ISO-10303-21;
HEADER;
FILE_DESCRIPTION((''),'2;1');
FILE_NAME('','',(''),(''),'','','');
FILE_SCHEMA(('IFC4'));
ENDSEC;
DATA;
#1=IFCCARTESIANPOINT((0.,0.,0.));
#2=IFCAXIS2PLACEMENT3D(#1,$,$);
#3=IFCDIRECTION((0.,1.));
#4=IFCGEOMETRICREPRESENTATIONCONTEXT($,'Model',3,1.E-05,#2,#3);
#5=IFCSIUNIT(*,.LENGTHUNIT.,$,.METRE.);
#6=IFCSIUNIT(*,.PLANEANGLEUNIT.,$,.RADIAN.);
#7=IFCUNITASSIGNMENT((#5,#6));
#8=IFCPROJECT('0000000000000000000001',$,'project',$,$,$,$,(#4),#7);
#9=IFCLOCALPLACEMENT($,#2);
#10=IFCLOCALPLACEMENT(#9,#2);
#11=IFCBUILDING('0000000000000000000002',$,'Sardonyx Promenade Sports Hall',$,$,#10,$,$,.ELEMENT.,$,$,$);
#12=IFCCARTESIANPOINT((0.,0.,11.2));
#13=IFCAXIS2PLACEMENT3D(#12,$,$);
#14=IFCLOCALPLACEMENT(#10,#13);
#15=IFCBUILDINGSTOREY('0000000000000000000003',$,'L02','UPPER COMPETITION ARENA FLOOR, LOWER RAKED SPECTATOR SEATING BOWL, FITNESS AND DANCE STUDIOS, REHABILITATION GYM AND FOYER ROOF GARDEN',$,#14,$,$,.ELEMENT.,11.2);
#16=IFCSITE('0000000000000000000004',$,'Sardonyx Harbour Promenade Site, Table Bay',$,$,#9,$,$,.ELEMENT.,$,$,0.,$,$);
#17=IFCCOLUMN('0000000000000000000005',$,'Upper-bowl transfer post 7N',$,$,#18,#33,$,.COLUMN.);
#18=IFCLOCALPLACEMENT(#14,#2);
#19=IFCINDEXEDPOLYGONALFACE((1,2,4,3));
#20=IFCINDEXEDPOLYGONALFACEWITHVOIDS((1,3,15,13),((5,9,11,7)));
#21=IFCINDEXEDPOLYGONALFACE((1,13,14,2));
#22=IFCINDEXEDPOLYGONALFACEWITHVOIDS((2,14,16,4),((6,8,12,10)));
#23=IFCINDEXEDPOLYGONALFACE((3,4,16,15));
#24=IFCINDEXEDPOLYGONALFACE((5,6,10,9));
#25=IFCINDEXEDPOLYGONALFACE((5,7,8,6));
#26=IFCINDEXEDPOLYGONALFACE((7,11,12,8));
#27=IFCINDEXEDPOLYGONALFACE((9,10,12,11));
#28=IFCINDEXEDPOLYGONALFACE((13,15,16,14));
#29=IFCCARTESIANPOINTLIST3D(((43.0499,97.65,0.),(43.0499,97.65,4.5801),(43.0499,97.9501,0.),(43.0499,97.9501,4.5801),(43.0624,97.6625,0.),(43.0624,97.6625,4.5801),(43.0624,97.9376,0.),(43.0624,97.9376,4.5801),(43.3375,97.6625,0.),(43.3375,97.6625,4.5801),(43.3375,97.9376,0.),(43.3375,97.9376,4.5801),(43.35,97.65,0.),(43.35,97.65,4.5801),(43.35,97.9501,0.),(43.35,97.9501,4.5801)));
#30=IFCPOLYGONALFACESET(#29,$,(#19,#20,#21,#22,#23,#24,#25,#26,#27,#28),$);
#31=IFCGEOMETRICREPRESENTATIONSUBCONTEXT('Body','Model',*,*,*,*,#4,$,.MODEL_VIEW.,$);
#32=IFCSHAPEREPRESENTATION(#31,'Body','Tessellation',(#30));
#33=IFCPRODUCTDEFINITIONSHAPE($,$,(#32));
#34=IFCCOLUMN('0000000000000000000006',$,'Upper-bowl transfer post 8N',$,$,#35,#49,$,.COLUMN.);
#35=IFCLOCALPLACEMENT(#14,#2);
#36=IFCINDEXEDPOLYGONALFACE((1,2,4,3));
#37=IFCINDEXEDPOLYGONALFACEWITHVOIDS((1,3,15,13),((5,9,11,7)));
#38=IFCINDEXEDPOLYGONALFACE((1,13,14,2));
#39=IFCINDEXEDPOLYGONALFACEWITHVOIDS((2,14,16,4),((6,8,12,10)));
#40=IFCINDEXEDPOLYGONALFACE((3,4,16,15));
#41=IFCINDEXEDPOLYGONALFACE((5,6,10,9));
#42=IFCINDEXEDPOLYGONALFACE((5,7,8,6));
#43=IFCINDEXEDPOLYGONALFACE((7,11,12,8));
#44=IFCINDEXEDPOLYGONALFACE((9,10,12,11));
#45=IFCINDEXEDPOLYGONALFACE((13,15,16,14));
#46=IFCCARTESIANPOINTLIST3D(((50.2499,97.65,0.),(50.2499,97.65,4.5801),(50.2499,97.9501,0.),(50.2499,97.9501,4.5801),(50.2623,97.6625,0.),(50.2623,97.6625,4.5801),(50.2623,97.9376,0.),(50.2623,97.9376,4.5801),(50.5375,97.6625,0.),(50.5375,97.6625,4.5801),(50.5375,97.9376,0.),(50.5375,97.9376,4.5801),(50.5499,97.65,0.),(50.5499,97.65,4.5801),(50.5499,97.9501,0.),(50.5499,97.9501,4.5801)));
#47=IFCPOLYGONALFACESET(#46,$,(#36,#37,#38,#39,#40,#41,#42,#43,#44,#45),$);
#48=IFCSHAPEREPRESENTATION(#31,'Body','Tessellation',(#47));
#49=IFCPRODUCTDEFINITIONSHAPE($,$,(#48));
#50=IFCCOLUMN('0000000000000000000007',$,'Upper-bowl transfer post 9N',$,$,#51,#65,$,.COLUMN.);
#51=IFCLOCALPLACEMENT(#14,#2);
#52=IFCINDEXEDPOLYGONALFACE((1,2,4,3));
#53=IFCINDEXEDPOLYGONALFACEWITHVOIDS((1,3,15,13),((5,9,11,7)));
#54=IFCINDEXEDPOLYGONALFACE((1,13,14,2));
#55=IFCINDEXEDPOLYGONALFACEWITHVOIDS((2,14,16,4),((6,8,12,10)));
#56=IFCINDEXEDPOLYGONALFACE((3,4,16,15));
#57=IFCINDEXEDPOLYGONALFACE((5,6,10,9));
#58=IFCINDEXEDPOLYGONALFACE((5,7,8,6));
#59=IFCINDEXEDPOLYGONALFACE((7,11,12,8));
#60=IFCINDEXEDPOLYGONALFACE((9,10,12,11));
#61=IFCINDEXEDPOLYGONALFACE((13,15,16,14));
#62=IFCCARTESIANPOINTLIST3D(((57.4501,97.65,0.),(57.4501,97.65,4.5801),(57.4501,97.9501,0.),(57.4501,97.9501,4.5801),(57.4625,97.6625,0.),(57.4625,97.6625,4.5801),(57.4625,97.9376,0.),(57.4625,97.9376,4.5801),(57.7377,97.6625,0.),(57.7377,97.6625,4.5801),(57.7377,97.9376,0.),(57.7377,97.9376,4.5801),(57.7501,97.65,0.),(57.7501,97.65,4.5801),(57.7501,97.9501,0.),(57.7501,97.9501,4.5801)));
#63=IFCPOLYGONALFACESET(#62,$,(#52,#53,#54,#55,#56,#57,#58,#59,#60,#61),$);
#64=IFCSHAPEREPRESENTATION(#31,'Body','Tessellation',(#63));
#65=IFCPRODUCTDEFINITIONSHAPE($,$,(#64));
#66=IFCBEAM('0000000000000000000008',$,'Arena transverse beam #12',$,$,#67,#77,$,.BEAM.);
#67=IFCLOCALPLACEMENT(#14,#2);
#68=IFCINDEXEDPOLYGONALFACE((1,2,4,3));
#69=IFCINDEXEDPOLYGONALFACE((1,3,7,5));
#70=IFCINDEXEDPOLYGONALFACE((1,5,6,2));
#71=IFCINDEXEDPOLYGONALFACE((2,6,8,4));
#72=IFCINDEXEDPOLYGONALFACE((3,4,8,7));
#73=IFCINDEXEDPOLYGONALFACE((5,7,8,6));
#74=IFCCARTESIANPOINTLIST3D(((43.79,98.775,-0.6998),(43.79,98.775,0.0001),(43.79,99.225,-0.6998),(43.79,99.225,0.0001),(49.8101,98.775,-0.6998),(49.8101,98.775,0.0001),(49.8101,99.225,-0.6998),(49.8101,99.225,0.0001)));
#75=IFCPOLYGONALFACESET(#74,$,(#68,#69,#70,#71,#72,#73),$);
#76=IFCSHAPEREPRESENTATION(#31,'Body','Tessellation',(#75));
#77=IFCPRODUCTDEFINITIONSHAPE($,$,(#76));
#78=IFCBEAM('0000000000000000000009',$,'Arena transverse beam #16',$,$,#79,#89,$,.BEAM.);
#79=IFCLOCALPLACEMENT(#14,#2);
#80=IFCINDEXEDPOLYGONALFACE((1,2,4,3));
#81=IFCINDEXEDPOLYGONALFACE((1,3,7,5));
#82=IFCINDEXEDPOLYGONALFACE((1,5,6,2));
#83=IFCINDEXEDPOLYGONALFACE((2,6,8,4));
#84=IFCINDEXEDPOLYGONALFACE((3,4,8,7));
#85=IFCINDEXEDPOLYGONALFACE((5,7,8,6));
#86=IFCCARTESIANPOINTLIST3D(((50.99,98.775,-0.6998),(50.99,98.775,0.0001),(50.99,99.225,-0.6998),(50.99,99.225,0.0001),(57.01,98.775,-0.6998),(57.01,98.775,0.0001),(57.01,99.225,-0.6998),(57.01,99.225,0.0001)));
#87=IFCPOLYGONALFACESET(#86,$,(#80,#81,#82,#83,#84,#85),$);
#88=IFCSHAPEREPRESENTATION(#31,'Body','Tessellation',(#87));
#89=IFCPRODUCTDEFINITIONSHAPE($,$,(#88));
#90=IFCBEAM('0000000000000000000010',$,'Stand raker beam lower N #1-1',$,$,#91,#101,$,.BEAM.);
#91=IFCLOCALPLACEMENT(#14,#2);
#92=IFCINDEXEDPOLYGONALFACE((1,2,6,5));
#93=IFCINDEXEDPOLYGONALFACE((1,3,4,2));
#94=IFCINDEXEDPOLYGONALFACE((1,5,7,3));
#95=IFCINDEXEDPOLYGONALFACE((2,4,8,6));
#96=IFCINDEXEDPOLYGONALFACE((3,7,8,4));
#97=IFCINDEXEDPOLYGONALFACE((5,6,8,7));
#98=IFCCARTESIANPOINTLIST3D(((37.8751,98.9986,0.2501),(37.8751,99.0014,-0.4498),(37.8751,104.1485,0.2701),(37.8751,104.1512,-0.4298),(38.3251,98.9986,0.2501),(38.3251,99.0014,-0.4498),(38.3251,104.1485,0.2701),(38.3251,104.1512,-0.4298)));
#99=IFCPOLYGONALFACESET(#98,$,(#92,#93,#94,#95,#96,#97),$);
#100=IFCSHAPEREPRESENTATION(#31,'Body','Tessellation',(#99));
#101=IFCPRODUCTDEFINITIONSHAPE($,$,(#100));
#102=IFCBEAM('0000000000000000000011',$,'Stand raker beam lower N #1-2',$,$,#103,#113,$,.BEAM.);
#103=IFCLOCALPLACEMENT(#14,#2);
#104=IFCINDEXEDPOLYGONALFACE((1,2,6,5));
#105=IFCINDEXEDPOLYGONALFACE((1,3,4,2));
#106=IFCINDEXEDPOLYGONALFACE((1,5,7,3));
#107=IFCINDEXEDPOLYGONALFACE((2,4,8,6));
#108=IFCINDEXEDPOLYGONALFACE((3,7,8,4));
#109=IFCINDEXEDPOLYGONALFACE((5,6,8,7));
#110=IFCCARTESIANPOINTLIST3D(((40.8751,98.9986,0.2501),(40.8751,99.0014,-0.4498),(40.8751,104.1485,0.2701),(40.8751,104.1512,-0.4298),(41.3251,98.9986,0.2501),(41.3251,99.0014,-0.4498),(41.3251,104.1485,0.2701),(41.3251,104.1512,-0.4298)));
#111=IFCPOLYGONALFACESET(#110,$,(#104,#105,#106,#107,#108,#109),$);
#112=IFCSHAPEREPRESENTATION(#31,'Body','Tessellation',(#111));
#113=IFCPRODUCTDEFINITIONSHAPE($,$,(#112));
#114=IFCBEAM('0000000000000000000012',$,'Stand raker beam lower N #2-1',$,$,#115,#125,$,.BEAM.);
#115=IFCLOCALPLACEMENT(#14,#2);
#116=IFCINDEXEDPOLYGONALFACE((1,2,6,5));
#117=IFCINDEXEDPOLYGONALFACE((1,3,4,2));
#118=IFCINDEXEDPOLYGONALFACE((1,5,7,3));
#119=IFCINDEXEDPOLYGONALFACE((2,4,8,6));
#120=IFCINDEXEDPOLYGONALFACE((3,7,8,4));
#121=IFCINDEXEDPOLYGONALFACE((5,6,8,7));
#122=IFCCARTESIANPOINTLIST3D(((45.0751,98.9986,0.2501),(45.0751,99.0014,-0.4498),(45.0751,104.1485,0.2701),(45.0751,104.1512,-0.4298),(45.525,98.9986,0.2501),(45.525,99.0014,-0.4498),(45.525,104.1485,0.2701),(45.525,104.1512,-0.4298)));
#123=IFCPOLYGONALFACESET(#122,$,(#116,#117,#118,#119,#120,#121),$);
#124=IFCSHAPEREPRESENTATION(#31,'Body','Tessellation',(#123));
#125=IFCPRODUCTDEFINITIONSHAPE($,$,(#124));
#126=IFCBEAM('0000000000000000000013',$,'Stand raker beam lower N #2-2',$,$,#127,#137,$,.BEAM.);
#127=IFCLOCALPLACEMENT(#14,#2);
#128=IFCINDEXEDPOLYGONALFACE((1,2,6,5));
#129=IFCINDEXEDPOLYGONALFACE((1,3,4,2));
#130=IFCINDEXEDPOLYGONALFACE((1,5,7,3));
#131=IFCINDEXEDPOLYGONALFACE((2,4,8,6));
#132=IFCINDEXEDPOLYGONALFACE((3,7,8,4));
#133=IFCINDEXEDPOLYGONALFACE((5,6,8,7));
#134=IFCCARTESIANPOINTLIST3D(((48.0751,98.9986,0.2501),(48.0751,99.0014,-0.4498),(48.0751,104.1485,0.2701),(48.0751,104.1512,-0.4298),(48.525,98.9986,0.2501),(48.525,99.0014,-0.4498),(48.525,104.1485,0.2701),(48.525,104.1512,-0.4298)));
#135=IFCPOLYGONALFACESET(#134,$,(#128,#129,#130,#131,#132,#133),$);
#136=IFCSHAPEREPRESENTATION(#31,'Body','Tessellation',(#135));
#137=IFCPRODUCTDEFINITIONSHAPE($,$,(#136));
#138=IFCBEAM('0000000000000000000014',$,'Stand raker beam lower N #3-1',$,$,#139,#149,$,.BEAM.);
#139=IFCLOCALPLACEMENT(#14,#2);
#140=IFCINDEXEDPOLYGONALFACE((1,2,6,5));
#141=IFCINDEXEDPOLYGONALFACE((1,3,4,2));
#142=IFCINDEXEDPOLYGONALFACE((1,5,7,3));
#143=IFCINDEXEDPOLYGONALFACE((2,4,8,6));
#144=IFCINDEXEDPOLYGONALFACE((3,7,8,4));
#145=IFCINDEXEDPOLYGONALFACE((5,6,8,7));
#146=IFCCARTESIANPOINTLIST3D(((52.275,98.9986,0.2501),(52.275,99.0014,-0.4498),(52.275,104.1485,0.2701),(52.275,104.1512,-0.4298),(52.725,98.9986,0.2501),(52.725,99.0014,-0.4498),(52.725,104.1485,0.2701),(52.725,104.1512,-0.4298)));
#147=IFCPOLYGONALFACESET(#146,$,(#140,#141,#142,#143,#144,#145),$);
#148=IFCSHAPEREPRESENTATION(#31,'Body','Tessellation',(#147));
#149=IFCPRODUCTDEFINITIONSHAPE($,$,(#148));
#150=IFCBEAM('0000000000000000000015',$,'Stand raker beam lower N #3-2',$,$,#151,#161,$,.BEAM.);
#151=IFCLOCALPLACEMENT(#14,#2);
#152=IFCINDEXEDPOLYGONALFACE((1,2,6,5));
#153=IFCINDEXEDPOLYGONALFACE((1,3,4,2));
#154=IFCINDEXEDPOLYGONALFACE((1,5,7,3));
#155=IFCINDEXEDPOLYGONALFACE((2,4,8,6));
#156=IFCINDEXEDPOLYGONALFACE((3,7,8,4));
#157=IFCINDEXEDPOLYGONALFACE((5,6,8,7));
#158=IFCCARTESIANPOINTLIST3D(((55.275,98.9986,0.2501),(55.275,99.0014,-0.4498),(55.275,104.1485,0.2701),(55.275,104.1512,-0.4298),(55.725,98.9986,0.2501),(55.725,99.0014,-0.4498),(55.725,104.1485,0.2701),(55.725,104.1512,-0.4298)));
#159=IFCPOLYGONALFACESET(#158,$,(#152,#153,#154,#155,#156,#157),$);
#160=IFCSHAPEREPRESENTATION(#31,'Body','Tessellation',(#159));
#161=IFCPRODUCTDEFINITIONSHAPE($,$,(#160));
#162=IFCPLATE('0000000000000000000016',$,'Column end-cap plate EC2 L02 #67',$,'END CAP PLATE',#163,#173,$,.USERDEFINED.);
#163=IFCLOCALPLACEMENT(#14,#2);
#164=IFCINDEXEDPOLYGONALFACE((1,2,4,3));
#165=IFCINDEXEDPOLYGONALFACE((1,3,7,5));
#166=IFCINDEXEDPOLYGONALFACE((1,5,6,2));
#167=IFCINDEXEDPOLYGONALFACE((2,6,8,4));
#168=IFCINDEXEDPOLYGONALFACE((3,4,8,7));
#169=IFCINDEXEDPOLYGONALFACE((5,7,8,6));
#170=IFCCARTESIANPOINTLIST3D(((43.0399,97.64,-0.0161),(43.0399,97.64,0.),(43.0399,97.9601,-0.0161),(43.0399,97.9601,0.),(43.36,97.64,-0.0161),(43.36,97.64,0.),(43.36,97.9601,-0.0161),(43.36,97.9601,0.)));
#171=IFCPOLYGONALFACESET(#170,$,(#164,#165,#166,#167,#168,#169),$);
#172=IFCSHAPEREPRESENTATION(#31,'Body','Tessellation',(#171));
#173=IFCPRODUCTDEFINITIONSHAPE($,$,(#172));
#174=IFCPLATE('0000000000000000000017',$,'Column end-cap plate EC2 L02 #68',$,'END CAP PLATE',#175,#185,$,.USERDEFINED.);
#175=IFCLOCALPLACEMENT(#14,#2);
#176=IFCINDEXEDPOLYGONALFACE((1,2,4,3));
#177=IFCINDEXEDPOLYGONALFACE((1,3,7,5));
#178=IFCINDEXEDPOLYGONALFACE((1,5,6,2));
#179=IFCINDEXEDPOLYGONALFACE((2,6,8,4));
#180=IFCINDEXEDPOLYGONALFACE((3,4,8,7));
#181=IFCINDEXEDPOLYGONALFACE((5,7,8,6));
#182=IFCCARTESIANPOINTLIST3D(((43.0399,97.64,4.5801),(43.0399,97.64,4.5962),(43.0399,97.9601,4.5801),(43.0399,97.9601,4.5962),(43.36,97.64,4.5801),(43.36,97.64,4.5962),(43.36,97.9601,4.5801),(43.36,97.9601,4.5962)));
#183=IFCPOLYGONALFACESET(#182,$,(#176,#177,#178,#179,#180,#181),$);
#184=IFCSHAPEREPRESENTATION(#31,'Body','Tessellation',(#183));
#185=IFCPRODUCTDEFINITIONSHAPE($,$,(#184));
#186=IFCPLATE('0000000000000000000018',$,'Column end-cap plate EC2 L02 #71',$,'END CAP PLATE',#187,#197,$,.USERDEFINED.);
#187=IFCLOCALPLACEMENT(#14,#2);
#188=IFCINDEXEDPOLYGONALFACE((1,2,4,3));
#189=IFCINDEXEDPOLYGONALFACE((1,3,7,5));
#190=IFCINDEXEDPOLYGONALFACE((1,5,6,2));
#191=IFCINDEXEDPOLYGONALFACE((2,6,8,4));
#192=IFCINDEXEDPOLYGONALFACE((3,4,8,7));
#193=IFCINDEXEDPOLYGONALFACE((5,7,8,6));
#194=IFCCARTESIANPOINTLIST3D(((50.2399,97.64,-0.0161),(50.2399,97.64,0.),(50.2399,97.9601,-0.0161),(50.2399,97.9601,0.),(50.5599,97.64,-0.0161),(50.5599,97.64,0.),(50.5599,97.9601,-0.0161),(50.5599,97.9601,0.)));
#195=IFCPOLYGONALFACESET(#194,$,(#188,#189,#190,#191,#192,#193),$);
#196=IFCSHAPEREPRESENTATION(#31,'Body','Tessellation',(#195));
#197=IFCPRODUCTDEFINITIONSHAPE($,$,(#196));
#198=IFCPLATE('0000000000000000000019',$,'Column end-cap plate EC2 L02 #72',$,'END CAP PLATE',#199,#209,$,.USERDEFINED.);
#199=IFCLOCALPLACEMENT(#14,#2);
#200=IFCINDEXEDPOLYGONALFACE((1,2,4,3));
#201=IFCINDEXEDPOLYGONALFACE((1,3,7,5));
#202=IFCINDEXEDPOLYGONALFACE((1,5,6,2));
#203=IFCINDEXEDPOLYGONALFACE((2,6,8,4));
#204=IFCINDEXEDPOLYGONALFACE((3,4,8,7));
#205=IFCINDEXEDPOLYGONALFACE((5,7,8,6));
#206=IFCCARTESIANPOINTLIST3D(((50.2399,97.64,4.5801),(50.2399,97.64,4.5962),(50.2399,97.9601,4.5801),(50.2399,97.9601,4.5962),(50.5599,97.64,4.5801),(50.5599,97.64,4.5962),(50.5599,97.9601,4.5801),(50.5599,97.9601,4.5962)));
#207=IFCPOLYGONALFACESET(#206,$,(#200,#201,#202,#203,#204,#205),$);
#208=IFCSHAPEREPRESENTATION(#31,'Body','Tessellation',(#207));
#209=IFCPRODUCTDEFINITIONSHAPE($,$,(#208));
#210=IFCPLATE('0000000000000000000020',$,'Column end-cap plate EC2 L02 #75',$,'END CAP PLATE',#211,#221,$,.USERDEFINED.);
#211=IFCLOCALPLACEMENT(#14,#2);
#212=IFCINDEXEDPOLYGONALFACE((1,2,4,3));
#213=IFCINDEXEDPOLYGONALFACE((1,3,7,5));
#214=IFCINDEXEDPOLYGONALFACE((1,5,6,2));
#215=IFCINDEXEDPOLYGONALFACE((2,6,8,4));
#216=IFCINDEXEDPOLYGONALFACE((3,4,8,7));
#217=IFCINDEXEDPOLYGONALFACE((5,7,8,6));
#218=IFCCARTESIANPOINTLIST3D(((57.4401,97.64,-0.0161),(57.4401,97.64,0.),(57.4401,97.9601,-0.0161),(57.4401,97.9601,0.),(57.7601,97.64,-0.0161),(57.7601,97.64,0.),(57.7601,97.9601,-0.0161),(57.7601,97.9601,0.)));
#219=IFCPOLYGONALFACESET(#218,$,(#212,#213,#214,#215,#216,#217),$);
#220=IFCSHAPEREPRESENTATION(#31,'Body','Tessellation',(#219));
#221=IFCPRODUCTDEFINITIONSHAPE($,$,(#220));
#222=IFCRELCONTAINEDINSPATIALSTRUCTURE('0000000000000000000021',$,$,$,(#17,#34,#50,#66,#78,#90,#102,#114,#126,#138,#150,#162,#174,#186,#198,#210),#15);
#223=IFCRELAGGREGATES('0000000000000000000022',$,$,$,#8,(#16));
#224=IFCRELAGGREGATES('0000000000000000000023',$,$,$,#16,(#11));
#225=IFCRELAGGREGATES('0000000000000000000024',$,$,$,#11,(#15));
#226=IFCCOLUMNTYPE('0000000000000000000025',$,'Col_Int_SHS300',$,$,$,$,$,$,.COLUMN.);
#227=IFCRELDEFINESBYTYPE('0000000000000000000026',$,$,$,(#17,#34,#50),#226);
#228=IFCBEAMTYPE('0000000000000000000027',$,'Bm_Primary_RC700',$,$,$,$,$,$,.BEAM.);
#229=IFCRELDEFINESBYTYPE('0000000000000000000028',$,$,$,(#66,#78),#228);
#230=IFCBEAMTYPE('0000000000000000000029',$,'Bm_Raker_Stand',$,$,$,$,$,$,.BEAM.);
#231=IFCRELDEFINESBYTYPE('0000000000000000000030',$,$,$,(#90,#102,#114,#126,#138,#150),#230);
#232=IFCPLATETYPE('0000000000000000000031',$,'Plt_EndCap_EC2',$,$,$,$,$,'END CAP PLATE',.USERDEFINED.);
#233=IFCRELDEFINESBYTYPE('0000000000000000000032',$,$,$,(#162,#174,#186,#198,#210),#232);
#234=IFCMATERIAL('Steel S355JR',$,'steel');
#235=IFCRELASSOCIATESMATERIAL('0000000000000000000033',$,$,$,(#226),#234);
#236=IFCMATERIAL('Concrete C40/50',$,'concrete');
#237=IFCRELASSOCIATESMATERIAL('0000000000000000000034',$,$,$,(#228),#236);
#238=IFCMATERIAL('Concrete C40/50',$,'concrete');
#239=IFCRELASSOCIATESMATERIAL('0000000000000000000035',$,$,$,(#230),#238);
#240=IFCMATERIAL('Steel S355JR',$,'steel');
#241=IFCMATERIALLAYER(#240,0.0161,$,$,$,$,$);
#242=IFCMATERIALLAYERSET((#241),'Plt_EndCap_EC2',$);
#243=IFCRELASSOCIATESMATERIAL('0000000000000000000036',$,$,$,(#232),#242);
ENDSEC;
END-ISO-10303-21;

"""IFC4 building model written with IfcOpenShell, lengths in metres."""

from ifc_helpers import new_model, si_unit, direction, frame, origin, origin_2d, place, context, subcontext, project, spatial, rectangle, hollow_rectangle, extrude, material, layer, layer_set, material_profile, profile_set, type_object, element, save


model = new_model("IFC4")

# Units and contexts
model_context = context("Model", 3, precision=1e-05, world=origin(), true_north=direction((0.0, 1.0)))
body_context = subcontext(model_context, "Body", "Model", "MODEL_VIEW")
ifc_project = project(units=[si_unit("LENGTHUNIT", "METRE"), si_unit("PLANEANGLEUNIT", "RADIAN")], contexts=[model_context])

# Site, building, storey
site_placement = place(None, origin())
site = spatial("IfcSite", under=ifc_project, at=site_placement, Name="Sardonyx Harbour Promenade Site, Table Bay", CompositionType="ELEMENT", RefElevation=0.0)
building_placement = place(site_placement, origin())
building = spatial("IfcBuilding", under=site, at=building_placement, Name="Sardonyx Promenade Sports Hall", CompositionType="ELEMENT")
storey_placement = place(building_placement, frame((0.0, 0.0, 11.2)))
storey = spatial("IfcBuildingStorey", under=building, at=storey_placement, Name="L02", Description="UPPER COMPETITION ARENA FLOOR, LOWER RAKED SPECTATOR SEATING BOWL, FITNESS AND DANCE STUDIOS, REHABILITATION GYM AND FOYER ROOF GARDEN", CompositionType="ELEMENT", Elevation=11.2)

# Columns
ifc_material_1 = material(Name="Steel S355JR", Category="steel")
ifc_material_profile_1 = material_profile(ifc_material_1, hollow_rectangle(XDim=0.3, YDim=0.3, WallThickness=0.0125, at=origin_2d()))
ifc_profile_set_1 = profile_set([ifc_material_profile_1], Name="Steel S355JR")
column_type = type_object("IfcColumnType", Name="Col_Int_SHS300", PredefinedType="COLUMN", material=ifc_profile_set_1)
for number, where, z_axis, x_axis, name in (
    (1, (43.2, 97.8, 0.0), (0.0, 0.0, 1.0), (1.0, 0.0, 0.0), "Upper-bowl transfer post 7N"),
    (2, (50.3999, 97.8, 0.0), (0.0, 0.0, 1.0), (1.0, 0.0, 0.0), "Upper-bowl transfer post 8N"),
    (3, (57.6001, 97.8, 0.0), (0.0, 0.0, 1.0), (1.0, 0.0, 0.0), "Upper-bowl transfer post 9N"),
):
    element("IfcColumn", number, at=place(storey_placement, frame(where, z_axis=z_axis, x_axis=x_axis)), inside=storey, type_object=column_type, Name=name, PredefinedType="COLUMN", context=body_context, shape_type="SweptSolid", body=[
        extrude(hollow_rectangle(XDim=0.3, YDim=0.3, WallThickness=0.0125, at=origin_2d()), origin(), (0.0, 0.0, 1.0), 4.5801),
    ])

# Beams
ifc_material_2 = material(Name="Concrete C40/50", Category="concrete")
ifc_material_profile_2 = material_profile(ifc_material_2, rectangle(XDim=0.45, YDim=0.7, at=origin_2d()))
ifc_profile_set_2 = profile_set([ifc_material_profile_2], Name="Concrete C40/50")
beam_type_1 = type_object("IfcBeamType", Name="Bm_Primary_RC700", PredefinedType="BEAM", material=ifc_profile_set_2)
for number, where, z_axis, x_axis, name in (
    (4, (43.79, 99.0, -0.3499), (1.0, 0.0, 0.0), (0.0, 1.0, 0.0), "Arena transverse beam #12"),
    (5, (50.99, 99.0, -0.3499), (1.0, 0.0, 0.0), (0.0, 1.0, 0.0), "Arena transverse beam #16"),
):
    element("IfcBeam", number, at=place(storey_placement, frame(where, z_axis=z_axis, x_axis=x_axis)), inside=storey, type_object=beam_type_1, Name=name, PredefinedType="BEAM", context=body_context, shape_type="SweptSolid", body=[
        extrude(rectangle(XDim=0.45, YDim=0.7, at=origin_2d()), origin(), (0.0, 0.0, 1.0), 6.02),
    ])
ifc_material_3 = material(Name="Concrete C40/50", Category="concrete")
ifc_material_profile_3 = material_profile(ifc_material_3, rectangle(XDim=0.45, YDim=0.7, at=origin_2d()))
ifc_profile_set_3 = profile_set([ifc_material_profile_3], Name="Concrete C40/50")
beam_type_2 = type_object("IfcBeamType", Name="Bm_Raker_Stand", PredefinedType="BEAM", material=ifc_profile_set_3)
for number, where, z_axis, x_axis, name in (
    (6, (38.1001, 99.0, -0.0999), (0.0, 0.999992, 0.003887), (-1.0, 0.0, 0.0), "Stand raker beam lower N #1-1"),
    (7, (41.1001, 99.0, -0.0999), (0.0, 0.999992, 0.003887), (-1.0, 0.0, 0.0), "Stand raker beam lower N #1-2"),
    (8, (45.3, 99.0, -0.0999), (0.0, 0.999992, 0.003887), (-1.0, 0.0, 0.0), "Stand raker beam lower N #2-1"),
    (9, (48.3, 99.0, -0.0999), (0.0, 0.999992, 0.003887), (-1.0, 0.0, 0.0), "Stand raker beam lower N #2-2"),
    (10, (52.5, 99.0, -0.0999), (0.0, 0.999992, 0.003887), (-1.0, 0.0, 0.0), "Stand raker beam lower N #3-1"),
    (11, (55.5, 99.0, -0.0999), (0.0, 0.999992, 0.003887), (-1.0, 0.0, 0.0), "Stand raker beam lower N #3-2"),
):
    element("IfcBeam", number, at=place(storey_placement, frame(where, z_axis=z_axis, x_axis=x_axis)), inside=storey, type_object=beam_type_2, Name=name, PredefinedType="BEAM", context=body_context, shape_type="SweptSolid", body=[
        extrude(rectangle(XDim=0.45, YDim=0.7, at=origin_2d()), origin(), (0.0, 0.0, 1.0), 5.1499),
    ])

# Plates
ifc_material_4 = material(Name="Steel S355JR", Category="steel")
ifc_layer = layer(ifc_material_4, 0.0161)
ifc_layer_set = layer_set([ifc_layer], Name="Plt_EndCap_EC2")
plate_type = type_object("IfcPlateType", Name="Plt_EndCap_EC2", ElementType="END CAP PLATE", PredefinedType="USERDEFINED", material=ifc_layer_set)
for number, where, z_axis, x_axis, name in (
    (12, (43.2, 97.8, -0.0161), (0.0, 0.0, 1.0), (1.0, 0.0, 0.0), "Column end-cap plate EC2 L02 #67"),
    (13, (43.2, 97.8, 4.5801), (0.0, 0.0, 1.0), (1.0, 0.0, 0.0), "Column end-cap plate EC2 L02 #68"),
    (14, (50.3999, 97.8, -0.0161), (0.0, 0.0, 1.0), (1.0, 0.0, 0.0), "Column end-cap plate EC2 L02 #71"),
    (15, (50.3999, 97.8, 4.5801), (0.0, 0.0, 1.0), (1.0, 0.0, 0.0), "Column end-cap plate EC2 L02 #72"),
    (16, (57.6001, 97.8, -0.0161), (0.0, 0.0, 1.0), (1.0, 0.0, 0.0), "Column end-cap plate EC2 L02 #75"),
):
    element("IfcPlate", number, at=place(storey_placement, frame(where, z_axis=z_axis, x_axis=x_axis)), inside=storey, type_object=plate_type, Name=name, ObjectType="END CAP PLATE", PredefinedType="USERDEFINED", context=body_context, shape_type="SweptSolid", body=[
        extrude(rectangle(XDim=0.3201, YDim=0.3201, at=origin_2d()), origin(), (0.0, 0.0, 1.0), 0.0161),
    ])

save(model, "model.ifc")
